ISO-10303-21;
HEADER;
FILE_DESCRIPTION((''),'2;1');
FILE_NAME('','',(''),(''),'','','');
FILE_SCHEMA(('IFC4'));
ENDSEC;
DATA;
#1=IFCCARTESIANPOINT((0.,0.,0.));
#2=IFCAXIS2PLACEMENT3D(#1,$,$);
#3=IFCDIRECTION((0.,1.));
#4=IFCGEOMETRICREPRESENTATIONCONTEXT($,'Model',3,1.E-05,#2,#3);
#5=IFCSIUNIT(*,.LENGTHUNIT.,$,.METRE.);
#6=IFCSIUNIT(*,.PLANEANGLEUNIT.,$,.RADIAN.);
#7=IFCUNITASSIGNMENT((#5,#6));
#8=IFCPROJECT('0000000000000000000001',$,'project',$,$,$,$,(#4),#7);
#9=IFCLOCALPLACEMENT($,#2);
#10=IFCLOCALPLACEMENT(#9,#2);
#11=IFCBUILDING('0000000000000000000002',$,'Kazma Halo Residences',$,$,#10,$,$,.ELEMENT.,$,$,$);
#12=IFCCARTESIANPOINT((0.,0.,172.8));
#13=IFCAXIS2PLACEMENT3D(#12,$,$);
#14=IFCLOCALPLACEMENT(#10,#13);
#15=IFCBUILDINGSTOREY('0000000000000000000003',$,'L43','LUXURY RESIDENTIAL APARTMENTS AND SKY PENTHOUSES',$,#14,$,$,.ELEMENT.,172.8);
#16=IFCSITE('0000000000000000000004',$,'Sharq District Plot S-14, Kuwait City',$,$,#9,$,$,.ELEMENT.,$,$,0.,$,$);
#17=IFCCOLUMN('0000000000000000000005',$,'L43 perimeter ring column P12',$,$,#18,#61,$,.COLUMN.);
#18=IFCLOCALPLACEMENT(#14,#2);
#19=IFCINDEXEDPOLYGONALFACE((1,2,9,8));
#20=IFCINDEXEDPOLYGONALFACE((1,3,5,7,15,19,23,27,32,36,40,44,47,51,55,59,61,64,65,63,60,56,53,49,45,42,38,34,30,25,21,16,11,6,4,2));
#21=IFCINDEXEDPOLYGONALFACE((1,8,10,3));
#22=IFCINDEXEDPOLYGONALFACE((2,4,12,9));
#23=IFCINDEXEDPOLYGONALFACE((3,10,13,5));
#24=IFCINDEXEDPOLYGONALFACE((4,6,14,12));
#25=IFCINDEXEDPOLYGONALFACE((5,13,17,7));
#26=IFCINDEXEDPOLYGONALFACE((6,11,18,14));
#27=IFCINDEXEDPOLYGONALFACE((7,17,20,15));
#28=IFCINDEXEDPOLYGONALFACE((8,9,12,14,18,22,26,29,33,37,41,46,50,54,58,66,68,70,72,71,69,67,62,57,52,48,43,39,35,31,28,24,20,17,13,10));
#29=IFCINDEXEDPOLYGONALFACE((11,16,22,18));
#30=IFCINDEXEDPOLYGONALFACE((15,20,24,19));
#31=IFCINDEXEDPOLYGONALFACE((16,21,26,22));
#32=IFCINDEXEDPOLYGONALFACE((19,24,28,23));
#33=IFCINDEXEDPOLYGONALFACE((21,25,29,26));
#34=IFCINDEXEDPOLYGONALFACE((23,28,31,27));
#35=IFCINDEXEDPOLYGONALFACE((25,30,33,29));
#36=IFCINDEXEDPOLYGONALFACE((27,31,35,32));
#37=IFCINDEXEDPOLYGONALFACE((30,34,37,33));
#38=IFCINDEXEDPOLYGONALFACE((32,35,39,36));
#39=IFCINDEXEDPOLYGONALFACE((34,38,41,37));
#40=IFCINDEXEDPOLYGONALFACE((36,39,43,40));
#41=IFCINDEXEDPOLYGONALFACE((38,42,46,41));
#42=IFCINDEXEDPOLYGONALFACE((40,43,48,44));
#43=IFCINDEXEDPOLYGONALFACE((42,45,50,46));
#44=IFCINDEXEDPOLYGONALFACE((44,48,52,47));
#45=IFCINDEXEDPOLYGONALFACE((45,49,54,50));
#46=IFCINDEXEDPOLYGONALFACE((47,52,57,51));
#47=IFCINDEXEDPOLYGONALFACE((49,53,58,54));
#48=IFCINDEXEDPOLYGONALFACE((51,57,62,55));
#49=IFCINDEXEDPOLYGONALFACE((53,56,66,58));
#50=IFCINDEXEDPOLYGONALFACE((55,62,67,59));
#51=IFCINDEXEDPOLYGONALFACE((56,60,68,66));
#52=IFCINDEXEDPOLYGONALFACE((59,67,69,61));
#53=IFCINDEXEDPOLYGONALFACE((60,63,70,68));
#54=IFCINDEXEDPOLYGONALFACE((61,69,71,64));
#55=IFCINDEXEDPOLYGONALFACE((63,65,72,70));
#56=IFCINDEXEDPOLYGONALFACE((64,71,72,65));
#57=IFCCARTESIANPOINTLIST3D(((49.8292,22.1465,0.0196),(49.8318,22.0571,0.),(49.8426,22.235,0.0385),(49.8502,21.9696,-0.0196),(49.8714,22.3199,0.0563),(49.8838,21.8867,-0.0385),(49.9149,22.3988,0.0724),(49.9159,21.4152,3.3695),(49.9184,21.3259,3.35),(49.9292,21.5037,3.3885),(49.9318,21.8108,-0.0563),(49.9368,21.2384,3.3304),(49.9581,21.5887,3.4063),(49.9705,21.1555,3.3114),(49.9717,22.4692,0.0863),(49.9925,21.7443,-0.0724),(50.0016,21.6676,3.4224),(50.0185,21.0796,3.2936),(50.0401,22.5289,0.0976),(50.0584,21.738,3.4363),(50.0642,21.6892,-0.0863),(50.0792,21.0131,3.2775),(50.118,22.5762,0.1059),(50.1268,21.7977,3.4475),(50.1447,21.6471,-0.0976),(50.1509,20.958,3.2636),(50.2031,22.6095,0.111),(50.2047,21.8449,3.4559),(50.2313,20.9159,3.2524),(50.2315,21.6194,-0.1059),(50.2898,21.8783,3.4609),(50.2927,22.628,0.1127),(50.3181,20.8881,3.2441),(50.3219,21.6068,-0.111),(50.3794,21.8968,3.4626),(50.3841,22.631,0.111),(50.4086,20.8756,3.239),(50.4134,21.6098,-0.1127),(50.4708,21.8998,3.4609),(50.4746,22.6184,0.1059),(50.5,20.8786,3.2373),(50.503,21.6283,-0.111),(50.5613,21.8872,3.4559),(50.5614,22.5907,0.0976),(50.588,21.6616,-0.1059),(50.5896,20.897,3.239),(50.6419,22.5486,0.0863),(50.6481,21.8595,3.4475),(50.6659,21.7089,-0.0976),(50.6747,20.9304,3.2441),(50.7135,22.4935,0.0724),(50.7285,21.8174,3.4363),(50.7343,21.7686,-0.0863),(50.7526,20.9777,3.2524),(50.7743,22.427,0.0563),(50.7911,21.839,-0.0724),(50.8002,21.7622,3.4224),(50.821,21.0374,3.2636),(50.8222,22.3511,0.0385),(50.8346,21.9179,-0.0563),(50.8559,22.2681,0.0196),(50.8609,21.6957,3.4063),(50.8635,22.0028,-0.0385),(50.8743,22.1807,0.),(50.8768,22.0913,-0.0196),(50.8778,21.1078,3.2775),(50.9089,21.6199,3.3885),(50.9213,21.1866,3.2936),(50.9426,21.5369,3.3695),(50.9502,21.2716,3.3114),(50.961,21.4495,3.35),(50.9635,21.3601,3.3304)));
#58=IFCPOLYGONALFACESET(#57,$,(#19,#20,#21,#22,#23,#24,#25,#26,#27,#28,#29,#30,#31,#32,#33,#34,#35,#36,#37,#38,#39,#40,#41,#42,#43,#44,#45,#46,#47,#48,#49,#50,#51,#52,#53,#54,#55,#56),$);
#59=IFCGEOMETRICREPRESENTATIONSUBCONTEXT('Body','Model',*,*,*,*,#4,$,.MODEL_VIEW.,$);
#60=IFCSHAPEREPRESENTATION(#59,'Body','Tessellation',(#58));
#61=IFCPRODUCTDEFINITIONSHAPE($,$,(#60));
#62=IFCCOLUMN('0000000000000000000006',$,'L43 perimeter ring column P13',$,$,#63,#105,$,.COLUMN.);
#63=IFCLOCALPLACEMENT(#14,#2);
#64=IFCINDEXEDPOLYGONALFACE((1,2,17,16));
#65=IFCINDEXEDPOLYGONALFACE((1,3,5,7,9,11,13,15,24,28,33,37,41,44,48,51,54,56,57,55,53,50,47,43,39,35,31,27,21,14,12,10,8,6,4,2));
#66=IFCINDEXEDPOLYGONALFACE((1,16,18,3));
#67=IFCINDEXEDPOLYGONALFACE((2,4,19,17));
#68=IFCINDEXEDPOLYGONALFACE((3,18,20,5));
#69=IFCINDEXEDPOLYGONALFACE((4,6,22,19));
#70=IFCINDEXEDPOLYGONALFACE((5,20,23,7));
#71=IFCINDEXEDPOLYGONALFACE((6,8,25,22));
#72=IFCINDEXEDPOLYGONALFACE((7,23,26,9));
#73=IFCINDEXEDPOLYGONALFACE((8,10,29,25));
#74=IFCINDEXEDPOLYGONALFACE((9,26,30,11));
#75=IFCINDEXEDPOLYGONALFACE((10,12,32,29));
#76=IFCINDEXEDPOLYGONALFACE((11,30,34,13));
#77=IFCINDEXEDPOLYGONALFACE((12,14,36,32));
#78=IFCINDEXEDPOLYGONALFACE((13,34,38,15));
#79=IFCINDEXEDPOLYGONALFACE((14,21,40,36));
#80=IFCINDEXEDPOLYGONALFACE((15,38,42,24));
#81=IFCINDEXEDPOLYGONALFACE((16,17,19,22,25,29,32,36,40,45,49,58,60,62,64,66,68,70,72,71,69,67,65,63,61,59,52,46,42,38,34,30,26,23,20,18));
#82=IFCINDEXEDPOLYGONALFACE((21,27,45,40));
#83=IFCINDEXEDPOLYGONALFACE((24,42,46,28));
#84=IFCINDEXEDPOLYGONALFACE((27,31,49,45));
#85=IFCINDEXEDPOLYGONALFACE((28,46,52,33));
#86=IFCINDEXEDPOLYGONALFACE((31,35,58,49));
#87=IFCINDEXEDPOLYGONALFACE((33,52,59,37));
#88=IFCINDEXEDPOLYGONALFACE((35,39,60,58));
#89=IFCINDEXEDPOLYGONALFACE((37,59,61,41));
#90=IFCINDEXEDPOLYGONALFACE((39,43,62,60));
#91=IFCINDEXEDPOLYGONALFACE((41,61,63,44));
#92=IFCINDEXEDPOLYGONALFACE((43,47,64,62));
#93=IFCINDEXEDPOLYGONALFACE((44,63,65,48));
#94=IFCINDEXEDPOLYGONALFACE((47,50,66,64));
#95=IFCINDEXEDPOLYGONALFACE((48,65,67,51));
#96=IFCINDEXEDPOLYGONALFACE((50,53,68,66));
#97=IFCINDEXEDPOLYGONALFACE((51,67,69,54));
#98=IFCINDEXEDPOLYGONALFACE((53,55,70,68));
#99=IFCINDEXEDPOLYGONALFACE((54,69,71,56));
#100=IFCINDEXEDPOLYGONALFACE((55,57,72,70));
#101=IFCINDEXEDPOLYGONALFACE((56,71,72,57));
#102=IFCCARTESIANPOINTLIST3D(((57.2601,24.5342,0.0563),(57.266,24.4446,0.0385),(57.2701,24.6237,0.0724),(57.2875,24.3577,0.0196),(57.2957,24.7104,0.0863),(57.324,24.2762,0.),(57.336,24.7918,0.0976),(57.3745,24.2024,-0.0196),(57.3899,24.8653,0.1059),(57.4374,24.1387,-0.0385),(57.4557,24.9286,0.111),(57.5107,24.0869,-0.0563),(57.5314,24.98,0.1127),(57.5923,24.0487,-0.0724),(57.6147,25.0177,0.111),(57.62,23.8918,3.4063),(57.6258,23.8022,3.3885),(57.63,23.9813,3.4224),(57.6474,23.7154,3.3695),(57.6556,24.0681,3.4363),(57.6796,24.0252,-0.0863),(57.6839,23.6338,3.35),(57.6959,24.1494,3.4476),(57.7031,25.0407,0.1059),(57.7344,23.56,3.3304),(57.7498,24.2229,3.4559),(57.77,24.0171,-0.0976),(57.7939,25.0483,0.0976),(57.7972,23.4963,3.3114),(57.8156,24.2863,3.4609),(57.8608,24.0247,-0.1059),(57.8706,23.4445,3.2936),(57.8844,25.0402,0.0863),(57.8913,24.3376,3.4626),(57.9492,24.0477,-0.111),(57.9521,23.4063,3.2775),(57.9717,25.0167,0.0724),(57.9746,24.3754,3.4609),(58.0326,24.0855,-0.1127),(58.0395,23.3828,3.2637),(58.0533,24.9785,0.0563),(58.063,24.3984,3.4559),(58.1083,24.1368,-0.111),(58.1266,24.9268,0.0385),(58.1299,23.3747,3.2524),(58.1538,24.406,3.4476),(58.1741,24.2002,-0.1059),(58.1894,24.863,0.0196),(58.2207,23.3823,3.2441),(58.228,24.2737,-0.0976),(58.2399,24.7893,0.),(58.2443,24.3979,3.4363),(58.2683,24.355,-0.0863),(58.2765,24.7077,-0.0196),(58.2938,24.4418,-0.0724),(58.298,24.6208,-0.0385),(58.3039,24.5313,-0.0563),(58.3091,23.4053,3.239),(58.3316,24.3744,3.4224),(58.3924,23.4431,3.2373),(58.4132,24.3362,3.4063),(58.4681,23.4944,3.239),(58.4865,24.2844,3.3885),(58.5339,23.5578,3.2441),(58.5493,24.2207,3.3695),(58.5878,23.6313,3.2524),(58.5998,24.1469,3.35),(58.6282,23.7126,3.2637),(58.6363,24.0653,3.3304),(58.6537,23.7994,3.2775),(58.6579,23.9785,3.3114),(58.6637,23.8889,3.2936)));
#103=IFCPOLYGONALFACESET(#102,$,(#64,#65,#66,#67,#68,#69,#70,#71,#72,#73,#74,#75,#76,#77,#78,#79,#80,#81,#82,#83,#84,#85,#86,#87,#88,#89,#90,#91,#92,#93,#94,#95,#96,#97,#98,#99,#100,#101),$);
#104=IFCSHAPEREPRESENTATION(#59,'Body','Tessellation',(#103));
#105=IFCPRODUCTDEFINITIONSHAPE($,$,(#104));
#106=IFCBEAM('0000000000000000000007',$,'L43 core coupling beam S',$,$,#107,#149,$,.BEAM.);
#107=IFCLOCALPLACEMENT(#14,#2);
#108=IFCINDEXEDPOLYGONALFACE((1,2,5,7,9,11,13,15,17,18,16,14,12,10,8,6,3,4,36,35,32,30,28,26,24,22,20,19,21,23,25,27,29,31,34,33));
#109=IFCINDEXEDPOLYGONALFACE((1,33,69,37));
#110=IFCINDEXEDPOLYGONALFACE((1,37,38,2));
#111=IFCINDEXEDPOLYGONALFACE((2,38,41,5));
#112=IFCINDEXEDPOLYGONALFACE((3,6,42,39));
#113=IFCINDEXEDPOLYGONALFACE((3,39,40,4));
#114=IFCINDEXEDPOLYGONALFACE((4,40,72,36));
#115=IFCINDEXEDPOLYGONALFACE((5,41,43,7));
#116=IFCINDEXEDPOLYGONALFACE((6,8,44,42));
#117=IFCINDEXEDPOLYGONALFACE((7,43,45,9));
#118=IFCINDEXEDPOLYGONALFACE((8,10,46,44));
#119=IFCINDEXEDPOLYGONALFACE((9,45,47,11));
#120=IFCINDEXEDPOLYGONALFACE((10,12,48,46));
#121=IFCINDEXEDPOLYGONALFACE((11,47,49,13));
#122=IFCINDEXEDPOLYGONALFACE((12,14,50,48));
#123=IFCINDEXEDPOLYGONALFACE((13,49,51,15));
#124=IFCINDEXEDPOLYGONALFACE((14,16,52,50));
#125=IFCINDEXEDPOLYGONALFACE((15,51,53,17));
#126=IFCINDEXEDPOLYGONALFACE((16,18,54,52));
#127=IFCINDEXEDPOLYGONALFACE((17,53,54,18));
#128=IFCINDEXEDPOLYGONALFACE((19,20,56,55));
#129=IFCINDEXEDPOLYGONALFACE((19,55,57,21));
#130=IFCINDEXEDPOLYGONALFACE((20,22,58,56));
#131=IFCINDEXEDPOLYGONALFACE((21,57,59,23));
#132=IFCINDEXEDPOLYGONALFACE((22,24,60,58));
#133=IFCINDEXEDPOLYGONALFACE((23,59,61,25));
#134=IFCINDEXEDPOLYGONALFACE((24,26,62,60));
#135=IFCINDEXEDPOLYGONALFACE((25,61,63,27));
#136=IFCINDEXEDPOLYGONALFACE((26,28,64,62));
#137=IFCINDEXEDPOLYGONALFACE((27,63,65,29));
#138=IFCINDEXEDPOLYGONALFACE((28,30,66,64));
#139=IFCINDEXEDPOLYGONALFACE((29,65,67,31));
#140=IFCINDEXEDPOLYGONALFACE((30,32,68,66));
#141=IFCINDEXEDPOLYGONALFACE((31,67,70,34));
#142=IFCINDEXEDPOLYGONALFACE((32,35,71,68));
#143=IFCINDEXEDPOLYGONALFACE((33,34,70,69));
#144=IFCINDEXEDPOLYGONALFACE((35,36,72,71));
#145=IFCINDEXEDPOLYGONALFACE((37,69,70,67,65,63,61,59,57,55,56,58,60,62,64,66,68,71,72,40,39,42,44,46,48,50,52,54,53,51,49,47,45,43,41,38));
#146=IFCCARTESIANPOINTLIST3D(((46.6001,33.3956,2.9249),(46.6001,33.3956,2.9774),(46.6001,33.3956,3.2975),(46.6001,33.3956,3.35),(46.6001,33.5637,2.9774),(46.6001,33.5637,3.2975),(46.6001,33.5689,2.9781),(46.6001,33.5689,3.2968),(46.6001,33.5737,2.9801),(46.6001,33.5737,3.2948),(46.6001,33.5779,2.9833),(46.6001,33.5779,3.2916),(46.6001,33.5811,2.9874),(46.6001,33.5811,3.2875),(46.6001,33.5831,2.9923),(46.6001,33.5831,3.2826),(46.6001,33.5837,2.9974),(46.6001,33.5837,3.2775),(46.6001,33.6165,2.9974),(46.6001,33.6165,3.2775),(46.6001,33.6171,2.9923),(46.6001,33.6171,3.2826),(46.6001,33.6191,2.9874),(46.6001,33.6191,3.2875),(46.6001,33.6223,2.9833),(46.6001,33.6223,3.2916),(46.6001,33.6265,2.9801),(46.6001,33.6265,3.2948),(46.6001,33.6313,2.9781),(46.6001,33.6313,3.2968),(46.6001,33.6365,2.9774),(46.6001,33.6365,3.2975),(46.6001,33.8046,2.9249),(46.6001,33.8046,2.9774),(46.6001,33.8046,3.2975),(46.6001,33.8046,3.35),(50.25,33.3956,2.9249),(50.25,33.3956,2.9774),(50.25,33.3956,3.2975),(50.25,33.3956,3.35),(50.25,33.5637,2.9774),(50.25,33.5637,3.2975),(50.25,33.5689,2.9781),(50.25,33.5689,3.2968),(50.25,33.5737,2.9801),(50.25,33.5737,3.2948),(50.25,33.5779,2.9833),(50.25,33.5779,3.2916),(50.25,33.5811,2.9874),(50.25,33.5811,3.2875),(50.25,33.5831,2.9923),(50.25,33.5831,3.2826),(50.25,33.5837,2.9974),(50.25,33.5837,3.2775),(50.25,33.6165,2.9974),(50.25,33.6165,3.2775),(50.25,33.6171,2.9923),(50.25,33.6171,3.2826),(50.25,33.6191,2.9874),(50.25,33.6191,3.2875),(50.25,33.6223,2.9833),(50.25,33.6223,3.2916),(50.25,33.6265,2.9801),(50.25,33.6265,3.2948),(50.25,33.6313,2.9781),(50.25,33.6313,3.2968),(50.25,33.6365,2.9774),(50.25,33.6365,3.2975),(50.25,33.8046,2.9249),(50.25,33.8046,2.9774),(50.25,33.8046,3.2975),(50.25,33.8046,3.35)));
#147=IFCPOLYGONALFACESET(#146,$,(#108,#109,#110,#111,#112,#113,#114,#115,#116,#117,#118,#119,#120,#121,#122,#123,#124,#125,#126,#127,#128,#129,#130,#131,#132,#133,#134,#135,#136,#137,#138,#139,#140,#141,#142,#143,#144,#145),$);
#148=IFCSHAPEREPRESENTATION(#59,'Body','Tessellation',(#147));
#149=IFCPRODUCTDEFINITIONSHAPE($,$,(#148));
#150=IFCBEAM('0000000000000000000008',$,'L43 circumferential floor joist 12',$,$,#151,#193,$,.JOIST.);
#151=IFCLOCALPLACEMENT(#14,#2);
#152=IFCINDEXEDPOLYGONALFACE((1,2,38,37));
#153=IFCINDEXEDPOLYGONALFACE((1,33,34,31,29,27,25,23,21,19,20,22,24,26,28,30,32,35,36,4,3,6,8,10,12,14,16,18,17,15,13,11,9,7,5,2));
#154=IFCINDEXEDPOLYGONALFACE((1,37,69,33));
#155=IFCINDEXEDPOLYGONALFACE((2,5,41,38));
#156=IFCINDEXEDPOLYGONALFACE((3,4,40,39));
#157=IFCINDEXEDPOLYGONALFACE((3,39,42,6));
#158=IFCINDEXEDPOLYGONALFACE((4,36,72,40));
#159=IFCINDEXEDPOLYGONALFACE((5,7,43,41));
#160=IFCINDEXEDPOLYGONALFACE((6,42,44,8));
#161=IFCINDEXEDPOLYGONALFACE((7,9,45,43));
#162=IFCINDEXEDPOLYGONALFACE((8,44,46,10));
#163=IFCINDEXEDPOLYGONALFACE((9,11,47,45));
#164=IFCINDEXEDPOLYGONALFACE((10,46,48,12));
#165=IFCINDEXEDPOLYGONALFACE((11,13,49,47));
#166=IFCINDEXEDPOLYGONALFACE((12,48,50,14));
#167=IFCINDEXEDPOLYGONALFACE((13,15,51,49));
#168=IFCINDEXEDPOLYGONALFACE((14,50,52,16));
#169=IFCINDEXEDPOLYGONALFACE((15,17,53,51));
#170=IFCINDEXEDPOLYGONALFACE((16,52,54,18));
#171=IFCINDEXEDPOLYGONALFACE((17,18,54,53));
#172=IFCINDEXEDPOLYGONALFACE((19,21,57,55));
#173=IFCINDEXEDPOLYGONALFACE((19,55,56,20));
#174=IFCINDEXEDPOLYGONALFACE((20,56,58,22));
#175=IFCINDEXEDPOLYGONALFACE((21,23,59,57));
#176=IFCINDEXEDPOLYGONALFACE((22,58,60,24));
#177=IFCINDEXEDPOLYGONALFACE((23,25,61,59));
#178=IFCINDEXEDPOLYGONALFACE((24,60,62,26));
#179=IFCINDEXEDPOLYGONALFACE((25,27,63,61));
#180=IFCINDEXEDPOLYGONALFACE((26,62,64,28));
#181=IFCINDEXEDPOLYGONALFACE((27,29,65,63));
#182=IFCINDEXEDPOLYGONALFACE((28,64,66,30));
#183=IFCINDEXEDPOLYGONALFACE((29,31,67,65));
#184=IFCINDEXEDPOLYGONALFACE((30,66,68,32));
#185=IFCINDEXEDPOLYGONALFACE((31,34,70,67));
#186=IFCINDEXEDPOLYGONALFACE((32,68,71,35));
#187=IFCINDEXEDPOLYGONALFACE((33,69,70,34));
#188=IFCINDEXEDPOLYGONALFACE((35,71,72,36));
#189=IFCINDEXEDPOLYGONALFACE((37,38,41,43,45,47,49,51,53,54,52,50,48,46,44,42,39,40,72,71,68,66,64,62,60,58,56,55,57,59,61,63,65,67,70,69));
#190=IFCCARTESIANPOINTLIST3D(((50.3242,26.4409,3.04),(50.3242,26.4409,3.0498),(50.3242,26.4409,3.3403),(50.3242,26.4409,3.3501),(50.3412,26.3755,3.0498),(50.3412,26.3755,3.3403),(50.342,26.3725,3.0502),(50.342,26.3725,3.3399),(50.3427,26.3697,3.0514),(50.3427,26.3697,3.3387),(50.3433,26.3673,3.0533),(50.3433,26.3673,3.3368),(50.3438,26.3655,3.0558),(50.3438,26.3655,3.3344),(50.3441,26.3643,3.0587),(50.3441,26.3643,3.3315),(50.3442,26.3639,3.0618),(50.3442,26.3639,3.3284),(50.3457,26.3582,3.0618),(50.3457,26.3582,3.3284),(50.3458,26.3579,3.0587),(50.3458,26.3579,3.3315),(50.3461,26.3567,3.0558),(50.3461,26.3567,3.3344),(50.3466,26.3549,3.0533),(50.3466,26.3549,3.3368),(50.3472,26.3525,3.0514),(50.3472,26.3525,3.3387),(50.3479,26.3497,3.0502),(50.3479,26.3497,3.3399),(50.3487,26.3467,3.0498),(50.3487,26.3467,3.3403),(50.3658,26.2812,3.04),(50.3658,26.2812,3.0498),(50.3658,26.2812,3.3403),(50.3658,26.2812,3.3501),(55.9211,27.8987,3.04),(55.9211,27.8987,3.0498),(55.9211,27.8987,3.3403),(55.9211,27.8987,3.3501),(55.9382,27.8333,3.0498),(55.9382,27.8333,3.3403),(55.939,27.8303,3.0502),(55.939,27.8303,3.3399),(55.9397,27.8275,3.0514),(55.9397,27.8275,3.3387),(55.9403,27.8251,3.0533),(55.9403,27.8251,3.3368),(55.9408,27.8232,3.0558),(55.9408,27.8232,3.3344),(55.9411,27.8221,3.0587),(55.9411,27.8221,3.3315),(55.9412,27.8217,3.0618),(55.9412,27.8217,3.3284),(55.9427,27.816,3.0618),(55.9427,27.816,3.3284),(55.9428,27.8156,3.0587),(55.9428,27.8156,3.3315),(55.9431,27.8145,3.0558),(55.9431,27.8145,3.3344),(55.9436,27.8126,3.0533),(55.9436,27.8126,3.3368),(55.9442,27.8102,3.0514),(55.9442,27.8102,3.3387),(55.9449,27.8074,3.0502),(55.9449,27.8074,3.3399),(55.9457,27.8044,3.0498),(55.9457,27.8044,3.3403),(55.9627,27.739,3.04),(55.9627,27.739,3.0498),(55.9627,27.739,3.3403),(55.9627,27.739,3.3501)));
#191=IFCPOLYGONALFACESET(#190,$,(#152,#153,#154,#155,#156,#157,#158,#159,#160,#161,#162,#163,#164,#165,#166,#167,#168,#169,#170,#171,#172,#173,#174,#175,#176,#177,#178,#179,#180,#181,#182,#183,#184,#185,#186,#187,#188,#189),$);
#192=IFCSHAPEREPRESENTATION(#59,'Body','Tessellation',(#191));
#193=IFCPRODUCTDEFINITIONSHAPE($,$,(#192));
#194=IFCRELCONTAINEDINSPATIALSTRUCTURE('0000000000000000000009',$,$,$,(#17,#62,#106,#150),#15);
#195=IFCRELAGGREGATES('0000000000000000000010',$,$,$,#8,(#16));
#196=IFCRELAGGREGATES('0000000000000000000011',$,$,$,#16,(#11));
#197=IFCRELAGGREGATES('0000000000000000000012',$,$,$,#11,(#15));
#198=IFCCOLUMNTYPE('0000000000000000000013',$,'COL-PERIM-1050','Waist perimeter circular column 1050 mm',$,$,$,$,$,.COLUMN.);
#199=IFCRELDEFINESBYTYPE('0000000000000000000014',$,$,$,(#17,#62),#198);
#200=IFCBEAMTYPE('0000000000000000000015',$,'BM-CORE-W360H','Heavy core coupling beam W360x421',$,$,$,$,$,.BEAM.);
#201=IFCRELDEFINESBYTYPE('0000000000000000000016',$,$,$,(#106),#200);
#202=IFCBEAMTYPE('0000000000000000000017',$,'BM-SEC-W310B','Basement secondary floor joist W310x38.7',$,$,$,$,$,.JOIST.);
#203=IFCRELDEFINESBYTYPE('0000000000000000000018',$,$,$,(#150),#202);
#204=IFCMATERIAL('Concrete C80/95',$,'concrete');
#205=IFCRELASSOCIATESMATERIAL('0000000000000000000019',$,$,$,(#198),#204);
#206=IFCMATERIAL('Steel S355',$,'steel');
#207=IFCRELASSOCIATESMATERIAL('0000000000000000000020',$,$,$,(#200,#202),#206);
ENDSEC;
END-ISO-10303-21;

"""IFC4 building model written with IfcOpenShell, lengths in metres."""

from ifc_helpers import new_model, si_unit, direction, frame, origin, origin_2d, place, context, subcontext, project, spatial, circle, i_section, extrude, material, material_profile, profile_set, type_object, element, save


model = new_model("IFC4")

# Units and contexts
model_context = context("Model", 3, precision=1e-05, world=origin(), true_north=direction((0.0, 1.0)))
body_context = subcontext(model_context, "Body", "Model", "MODEL_VIEW")
ifc_project = project(units=[si_unit("LENGTHUNIT", "METRE"), si_unit("PLANEANGLEUNIT", "RADIAN")], contexts=[model_context])

# Site, building, storey
site_placement = place(None, origin())
site = spatial("IfcSite", under=ifc_project, at=site_placement, Name="Sharq District Plot S-14, Kuwait City", CompositionType="ELEMENT", RefElevation=0.0)
building_placement = place(site_placement, origin())
building = spatial("IfcBuilding", under=site, at=building_placement, Name="Kazma Halo Residences", CompositionType="ELEMENT")
storey_placement = place(building_placement, frame((0.0, 0.0, 172.8)))
storey = spatial("IfcBuildingStorey", under=building, at=storey_placement, Name="L43", Description="LUXURY RESIDENTIAL APARTMENTS AND SKY PENTHOUSES", CompositionType="ELEMENT", Elevation=172.8)

# Columns
ifc_material_1 = material(Name="Concrete C80/95", Category="concrete")
ifc_material_profile_1 = material_profile(ifc_material_1, circle(Radius=0.5249, at=origin_2d()), Name="CIRC1050")
ifc_profile_set_1 = profile_set([ifc_material_profile_1], Name="Concrete C80/95")
column_type = type_object("IfcColumnType", Name="COL-PERIM-1050", Description="Waist perimeter circular column 1050 mm", PredefinedType="COLUMN", material=ifc_profile_set_1)
for number, where, z_axis, x_axis, name in (
    (1, (50.353, 22.1189, 0.0), (0.02527, -0.213189, 0.976684), (0.993048, 0.117707, 0.0), "L43 perimeter ring column P12"),
    (2, (57.782, 24.5327, 0.0), (0.104922, -0.18728, 0.976687), (0.872416, 0.488765, 0.0), "L43 perimeter ring column P13"),
):
    element("IfcColumn", number, at=place(storey_placement, frame(where, z_axis=z_axis, x_axis=x_axis)), inside=storey, type_object=column_type, Name=name, PredefinedType="COLUMN", context=body_context, shape_type="SweptSolid", body=[
        extrude(circle(Radius=0.5249, at=origin_2d()), origin(), (0.0, 0.0, 1.0), 3.4299),
    ])

# Beams
ifc_material_2 = material(Name="Steel S355", Category="steel")
ifc_material_profile_2 = material_profile(ifc_material_2, i_section(OverallWidth=0.4089, OverallDepth=0.425, WebThickness=0.0327, FlangeThickness=0.0525, FilletRadius=0.02, at=origin_2d()), Name="W360x421")
ifc_profile_set_2 = profile_set([ifc_material_profile_2], Name="Steel S355")
beam_type_1 = type_object("IfcBeamType", Name="BM-CORE-W360H", Description="Heavy core coupling beam W360x421", PredefinedType="BEAM", material=ifc_profile_set_2)
beam_1_placement = place(storey_placement, frame((46.6001, 33.6001, 3.1375), z_axis=(1.0, 0.0, 0.0), x_axis=(0.0, 1.0, 0.0)))
element("IfcBeam", 3, at=beam_1_placement, inside=storey, type_object=beam_type_1, Name="L43 core coupling beam S", PredefinedType="BEAM", context=body_context, shape_type="SweptSolid", body=[
    extrude(i_section(OverallWidth=0.4089, OverallDepth=0.425, WebThickness=0.0327, FlangeThickness=0.0525, FilletRadius=0.02, at=origin_2d()), origin(), (0.0, 0.0, 1.0), 3.6499),
])
ifc_material_profile_3 = material_profile(ifc_material_2, i_section(OverallWidth=0.165, OverallDepth=0.3101, WebThickness=0.0059, FlangeThickness=0.0098, FilletRadius=0.012, at=origin_2d()), Name="W310x38.7")
ifc_profile_set_3 = profile_set([ifc_material_profile_3], Name="Steel S355")
beam_type_2 = type_object("IfcBeamType", Name="BM-SEC-W310B", Description="Basement secondary floor joist W310x38.7", PredefinedType="JOIST", material=ifc_profile_set_3)
beam_2_placement = place(storey_placement, frame((50.345, 26.3611, 3.1951), z_axis=(0.967714, 0.252049, 0.0), x_axis=(-0.252049, 0.967714, 0.0)))
element("IfcBeam", 4, at=beam_2_placement, inside=storey, type_object=beam_type_2, Name="L43 circumferential floor joist 12", PredefinedType="JOIST", context=body_context, shape_type="SweptSolid", body=[
    extrude(i_section(OverallWidth=0.165, OverallDepth=0.3101, WebThickness=0.0059, FlangeThickness=0.0098, FilletRadius=0.012, at=origin_2d()), origin(), (0.0, 0.0, 1.0), 5.7837),
])

save(model, "model.ifc")
